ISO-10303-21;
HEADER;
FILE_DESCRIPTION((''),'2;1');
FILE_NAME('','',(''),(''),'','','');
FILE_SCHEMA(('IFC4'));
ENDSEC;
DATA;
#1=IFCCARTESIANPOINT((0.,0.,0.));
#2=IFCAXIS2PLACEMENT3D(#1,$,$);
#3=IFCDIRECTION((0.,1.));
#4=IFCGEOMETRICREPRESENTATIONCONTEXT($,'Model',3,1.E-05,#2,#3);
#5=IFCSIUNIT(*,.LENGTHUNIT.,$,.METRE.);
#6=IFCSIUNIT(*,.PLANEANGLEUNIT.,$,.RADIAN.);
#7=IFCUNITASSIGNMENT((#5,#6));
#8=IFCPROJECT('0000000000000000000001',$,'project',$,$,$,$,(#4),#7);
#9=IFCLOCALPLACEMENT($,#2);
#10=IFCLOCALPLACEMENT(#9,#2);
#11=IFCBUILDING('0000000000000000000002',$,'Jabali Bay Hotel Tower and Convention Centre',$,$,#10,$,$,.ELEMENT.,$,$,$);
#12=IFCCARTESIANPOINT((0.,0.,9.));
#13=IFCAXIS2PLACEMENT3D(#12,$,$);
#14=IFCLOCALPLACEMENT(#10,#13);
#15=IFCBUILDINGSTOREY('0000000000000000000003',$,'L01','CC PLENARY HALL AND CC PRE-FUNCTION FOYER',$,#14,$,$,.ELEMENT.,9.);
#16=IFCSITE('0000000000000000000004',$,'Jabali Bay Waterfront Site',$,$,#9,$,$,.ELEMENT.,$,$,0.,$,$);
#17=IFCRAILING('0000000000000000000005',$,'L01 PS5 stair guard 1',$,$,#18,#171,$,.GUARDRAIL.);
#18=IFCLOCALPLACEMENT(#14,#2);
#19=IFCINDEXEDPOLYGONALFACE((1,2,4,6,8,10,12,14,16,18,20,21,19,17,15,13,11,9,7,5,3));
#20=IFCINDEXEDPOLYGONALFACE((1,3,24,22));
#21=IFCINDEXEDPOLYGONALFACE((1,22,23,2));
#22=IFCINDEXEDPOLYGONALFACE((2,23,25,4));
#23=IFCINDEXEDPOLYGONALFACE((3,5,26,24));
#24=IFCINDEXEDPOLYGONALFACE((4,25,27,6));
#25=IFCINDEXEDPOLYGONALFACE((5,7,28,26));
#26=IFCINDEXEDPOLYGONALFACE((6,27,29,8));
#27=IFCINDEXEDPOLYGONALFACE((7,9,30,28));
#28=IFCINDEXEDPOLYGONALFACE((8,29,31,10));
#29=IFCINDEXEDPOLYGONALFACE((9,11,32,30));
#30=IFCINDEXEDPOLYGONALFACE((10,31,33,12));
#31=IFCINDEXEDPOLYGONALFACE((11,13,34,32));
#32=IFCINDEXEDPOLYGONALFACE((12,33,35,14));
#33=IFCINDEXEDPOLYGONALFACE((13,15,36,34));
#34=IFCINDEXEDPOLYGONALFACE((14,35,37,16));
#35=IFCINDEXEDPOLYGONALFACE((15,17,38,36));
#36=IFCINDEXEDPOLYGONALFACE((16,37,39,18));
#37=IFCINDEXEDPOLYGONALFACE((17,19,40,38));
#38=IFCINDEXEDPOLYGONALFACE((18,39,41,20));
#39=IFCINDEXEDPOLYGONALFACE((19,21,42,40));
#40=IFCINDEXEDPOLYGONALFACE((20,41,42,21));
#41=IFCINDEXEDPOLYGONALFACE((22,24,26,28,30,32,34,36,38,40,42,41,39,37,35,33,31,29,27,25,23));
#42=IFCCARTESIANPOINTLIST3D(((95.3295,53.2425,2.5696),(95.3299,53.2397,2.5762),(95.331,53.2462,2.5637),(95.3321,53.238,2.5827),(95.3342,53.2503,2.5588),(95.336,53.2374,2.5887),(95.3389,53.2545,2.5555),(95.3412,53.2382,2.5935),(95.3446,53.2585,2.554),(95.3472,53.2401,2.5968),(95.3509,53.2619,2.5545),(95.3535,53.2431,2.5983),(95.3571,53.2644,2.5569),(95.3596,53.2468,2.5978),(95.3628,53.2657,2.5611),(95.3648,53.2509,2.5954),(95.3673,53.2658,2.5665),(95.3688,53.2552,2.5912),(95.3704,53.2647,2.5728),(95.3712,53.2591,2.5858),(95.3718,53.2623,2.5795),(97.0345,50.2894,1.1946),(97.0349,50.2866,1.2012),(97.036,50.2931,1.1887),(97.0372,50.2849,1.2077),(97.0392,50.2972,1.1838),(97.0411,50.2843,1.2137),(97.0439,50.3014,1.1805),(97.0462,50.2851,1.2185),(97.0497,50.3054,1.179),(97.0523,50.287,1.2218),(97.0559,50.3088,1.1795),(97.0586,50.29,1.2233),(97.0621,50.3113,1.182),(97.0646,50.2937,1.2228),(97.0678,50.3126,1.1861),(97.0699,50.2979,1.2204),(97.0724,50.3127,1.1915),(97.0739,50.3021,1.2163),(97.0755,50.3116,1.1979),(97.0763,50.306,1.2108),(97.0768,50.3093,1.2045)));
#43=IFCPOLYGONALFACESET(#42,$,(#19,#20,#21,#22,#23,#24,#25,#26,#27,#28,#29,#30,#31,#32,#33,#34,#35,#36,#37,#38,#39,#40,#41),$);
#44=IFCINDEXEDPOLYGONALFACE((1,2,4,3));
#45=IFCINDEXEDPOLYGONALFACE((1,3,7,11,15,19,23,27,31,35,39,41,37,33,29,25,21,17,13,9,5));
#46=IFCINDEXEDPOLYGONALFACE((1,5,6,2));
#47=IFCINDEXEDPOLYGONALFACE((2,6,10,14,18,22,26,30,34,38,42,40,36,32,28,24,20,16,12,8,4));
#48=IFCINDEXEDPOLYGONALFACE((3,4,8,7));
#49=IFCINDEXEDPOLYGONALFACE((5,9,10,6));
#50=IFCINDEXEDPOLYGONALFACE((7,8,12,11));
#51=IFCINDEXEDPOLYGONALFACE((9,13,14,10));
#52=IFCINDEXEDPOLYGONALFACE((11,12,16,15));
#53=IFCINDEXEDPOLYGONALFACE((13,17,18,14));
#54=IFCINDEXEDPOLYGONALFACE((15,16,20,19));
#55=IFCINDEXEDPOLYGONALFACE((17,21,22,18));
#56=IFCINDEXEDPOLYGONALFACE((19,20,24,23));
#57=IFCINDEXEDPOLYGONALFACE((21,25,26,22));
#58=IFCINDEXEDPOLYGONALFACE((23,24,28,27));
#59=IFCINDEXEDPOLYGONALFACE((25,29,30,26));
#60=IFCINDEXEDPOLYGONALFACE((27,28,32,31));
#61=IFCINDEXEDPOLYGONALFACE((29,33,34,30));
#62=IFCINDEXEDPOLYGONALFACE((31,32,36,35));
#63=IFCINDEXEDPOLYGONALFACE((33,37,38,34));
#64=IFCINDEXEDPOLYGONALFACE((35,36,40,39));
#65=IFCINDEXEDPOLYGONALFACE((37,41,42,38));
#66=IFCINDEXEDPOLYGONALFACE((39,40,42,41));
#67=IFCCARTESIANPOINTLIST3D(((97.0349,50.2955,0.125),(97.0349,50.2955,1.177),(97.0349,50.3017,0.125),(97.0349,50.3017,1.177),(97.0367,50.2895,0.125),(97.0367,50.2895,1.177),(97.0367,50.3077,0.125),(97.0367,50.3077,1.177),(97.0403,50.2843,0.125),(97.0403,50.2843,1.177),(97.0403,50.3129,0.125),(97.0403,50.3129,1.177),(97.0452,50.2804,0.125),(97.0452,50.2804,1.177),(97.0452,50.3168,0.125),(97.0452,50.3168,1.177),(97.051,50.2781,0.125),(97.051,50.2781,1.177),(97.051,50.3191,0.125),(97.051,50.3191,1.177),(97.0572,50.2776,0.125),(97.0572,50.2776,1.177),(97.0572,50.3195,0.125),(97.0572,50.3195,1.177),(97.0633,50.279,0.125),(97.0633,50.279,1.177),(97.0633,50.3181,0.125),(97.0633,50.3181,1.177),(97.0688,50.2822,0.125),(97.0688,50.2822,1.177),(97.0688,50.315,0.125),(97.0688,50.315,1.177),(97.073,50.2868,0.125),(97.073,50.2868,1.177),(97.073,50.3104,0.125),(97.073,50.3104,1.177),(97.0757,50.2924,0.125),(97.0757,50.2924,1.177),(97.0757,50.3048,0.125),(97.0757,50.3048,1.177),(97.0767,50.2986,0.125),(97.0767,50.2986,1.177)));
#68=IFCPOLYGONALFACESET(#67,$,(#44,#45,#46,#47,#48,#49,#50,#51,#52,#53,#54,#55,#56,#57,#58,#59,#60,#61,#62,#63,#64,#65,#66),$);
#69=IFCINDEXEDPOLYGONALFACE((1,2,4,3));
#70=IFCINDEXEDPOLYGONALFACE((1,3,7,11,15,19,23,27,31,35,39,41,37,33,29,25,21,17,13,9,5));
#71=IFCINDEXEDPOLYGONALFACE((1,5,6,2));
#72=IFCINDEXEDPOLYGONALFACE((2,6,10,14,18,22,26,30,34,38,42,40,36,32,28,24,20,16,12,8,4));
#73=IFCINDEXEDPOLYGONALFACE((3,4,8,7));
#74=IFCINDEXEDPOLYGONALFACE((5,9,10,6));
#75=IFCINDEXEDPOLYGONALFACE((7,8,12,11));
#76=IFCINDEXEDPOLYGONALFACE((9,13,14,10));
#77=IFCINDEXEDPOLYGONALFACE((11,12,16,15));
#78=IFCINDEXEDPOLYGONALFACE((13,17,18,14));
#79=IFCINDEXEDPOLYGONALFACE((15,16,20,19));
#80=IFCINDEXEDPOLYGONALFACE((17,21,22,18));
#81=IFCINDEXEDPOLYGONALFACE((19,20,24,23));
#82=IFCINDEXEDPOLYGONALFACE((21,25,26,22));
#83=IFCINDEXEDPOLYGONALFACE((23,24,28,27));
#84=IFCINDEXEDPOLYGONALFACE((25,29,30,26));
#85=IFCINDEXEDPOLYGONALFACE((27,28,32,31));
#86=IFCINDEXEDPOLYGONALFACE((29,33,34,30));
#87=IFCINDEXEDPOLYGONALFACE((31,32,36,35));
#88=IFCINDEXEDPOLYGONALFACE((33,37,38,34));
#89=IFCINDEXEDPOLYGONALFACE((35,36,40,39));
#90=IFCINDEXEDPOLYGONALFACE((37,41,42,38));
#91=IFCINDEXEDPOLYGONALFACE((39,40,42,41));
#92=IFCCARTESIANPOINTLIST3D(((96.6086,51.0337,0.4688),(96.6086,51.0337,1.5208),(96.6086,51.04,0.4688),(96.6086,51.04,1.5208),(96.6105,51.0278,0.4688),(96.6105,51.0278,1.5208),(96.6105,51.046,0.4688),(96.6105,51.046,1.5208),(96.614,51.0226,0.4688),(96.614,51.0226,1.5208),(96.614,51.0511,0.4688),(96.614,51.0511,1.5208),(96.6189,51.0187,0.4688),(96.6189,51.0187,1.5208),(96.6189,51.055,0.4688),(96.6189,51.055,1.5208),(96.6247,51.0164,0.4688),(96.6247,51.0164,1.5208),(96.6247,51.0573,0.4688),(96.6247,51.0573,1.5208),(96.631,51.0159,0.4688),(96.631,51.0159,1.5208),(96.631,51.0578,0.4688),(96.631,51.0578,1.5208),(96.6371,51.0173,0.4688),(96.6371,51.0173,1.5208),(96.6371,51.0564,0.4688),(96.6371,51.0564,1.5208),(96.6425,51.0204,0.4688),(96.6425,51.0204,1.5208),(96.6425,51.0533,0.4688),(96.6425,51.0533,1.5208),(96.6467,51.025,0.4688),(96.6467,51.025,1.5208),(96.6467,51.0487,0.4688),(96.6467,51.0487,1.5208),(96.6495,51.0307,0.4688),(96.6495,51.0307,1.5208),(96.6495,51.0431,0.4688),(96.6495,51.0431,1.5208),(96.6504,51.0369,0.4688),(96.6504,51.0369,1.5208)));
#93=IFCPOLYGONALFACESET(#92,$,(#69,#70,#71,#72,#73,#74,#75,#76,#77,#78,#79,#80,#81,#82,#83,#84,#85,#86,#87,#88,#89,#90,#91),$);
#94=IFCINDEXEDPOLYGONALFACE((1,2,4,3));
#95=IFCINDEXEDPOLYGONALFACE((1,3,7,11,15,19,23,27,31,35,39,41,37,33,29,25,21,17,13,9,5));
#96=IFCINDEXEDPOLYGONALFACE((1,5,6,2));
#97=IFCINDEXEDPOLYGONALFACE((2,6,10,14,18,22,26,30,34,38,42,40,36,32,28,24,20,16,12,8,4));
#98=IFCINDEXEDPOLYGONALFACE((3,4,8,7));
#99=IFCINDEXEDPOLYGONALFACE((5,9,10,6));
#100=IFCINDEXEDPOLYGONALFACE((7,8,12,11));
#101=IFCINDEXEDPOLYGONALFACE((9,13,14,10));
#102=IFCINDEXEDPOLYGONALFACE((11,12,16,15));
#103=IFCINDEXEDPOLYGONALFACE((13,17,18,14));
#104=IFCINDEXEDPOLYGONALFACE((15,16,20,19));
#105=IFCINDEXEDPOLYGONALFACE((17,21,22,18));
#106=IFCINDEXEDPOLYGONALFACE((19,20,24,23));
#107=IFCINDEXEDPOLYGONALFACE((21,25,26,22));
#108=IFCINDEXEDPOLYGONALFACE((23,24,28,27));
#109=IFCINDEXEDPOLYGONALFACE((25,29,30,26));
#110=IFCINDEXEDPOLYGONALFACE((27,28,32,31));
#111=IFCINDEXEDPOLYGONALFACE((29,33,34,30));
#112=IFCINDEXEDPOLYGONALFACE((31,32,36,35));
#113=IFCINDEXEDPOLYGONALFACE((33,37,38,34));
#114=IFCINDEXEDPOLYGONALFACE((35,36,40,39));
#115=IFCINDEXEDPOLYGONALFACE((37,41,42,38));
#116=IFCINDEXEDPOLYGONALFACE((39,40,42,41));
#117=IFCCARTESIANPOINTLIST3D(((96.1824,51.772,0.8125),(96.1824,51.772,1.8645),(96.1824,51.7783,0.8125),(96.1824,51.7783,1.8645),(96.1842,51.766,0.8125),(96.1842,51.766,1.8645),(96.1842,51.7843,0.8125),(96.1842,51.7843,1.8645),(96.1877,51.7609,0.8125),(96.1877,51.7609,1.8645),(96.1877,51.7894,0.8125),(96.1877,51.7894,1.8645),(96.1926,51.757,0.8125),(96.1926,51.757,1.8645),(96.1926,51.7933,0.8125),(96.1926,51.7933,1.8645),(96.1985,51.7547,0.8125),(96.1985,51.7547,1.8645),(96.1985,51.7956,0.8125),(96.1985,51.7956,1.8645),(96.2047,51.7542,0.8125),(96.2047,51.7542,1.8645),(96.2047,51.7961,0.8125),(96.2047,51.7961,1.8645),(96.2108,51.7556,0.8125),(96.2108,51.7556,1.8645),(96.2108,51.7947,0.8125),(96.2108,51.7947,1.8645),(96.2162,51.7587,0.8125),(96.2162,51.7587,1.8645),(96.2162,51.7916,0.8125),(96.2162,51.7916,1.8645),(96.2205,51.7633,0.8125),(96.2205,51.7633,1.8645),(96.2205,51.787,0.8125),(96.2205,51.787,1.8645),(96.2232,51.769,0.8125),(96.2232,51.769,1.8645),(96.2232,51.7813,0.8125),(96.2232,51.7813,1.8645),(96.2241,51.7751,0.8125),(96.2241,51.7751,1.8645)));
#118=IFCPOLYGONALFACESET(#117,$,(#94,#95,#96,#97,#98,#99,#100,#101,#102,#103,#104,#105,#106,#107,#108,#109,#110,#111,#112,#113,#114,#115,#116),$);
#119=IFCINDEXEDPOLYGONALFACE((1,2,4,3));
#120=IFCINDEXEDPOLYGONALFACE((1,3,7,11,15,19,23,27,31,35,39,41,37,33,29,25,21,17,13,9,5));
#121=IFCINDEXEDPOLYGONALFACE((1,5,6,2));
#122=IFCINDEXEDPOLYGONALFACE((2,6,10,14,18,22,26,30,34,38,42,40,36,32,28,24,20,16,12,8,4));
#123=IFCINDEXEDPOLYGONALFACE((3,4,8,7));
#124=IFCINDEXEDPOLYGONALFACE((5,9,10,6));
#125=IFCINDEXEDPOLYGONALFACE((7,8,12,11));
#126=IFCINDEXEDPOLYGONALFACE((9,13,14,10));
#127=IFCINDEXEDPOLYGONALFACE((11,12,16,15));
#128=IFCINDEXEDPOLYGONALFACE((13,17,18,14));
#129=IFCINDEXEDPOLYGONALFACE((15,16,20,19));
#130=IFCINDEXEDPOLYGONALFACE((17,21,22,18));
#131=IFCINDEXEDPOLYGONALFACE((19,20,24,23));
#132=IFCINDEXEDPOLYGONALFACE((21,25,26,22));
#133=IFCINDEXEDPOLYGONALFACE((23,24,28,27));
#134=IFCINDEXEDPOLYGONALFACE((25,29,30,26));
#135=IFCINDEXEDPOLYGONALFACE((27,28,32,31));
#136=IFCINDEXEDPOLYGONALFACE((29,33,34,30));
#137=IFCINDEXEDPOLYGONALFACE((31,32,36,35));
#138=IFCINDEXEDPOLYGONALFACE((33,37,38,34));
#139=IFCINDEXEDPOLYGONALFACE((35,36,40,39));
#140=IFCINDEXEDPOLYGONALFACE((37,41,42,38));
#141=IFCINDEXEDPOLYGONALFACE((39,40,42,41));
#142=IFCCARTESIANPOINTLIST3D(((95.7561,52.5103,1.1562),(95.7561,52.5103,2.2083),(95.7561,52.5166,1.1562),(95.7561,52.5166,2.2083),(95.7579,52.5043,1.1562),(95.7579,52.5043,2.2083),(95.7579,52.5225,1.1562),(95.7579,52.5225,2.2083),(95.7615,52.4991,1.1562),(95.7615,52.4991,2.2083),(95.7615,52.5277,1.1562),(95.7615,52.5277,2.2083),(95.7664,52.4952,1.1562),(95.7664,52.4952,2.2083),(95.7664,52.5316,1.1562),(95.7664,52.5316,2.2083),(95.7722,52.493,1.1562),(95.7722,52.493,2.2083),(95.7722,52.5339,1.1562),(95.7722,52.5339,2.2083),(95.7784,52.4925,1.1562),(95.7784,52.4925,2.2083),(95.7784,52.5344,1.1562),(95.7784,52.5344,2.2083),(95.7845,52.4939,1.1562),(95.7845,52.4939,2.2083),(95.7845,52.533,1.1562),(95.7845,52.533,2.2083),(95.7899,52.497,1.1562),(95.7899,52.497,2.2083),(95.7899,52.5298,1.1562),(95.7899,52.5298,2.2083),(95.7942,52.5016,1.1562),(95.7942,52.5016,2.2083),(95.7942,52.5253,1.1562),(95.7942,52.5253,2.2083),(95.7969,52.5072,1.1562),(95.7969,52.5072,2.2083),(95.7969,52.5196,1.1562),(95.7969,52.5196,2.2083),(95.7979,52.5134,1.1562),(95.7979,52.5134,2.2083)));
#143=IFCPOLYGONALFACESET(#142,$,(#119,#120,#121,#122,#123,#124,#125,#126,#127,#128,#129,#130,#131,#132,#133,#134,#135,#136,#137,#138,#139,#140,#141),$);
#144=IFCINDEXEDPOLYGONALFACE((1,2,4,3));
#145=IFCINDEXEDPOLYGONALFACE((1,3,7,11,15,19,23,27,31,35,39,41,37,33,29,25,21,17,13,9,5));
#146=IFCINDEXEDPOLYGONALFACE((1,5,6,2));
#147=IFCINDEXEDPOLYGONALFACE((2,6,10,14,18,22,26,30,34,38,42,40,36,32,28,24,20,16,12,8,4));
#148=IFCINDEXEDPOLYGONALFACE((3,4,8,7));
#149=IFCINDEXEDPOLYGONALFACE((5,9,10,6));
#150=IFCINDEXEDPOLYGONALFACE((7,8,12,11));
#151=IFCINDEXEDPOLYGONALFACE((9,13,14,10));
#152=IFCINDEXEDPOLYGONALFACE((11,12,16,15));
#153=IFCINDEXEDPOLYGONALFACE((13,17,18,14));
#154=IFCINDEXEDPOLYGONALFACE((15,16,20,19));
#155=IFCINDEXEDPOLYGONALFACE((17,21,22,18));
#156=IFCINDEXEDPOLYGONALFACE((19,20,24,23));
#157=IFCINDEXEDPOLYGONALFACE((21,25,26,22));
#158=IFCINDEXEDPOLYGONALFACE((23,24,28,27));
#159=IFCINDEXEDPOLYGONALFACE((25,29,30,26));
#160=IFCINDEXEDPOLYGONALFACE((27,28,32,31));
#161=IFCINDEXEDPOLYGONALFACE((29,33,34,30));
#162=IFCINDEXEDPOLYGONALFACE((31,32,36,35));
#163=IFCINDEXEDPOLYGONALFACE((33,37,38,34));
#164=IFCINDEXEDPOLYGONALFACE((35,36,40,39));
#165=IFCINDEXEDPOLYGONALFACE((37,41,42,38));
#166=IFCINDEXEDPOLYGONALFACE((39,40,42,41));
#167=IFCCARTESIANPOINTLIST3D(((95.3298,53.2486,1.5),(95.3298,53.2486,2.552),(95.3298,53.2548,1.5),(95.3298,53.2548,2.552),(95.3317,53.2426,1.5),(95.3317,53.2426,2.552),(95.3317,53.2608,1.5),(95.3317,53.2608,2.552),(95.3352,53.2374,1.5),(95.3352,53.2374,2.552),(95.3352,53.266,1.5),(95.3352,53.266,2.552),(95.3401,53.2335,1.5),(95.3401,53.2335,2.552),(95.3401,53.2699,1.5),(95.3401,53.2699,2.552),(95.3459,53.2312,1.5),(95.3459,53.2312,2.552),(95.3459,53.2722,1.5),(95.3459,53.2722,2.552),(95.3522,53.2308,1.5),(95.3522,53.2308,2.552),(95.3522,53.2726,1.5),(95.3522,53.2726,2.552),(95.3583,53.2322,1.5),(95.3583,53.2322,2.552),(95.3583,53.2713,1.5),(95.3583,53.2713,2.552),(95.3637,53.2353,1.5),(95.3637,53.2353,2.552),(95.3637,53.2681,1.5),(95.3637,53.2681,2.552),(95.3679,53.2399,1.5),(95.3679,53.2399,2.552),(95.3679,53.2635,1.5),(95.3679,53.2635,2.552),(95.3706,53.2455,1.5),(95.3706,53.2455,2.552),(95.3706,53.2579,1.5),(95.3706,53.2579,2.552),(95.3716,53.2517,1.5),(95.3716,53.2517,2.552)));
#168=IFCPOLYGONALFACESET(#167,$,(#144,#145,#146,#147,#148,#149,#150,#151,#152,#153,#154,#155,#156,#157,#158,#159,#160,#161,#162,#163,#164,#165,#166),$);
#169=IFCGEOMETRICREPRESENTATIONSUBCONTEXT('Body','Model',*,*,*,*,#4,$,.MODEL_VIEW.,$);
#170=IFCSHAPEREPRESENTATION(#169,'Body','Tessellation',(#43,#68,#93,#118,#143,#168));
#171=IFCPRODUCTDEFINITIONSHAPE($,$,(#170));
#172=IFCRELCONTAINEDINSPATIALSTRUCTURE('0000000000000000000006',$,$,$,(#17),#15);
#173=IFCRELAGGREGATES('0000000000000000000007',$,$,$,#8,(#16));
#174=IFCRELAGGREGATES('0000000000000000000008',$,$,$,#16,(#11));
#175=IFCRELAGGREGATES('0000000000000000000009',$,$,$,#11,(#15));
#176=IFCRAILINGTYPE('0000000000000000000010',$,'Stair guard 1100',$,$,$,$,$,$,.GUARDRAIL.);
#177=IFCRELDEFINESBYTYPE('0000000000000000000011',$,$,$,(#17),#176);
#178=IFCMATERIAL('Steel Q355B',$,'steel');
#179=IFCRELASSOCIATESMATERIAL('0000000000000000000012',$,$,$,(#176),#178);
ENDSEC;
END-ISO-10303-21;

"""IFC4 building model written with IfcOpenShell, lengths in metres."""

from ifc_helpers import new_model, si_unit, direction, frame, origin, origin_2d, place, context, subcontext, project, spatial, circle, extrude, material, type_object, element, save


model = new_model("IFC4")

# Units and contexts
model_context = context("Model", 3, precision=1e-05, world=origin(), true_north=direction((0.0, 1.0)))
body_context = subcontext(model_context, "Body", "Model", "MODEL_VIEW")
ifc_project = project(units=[si_unit("LENGTHUNIT", "METRE"), si_unit("PLANEANGLEUNIT", "RADIAN")], contexts=[model_context])

# Site, building, storey
site_placement = place(None, origin())
site = spatial("IfcSite", under=ifc_project, at=site_placement, Name="Jabali Bay Waterfront Site", CompositionType="ELEMENT", RefElevation=0.0)
building_placement = place(site_placement, origin())
building = spatial("IfcBuilding", under=site, at=building_placement, Name="Jabali Bay Hotel Tower and Convention Centre", CompositionType="ELEMENT")
storey_placement = place(building_placement, frame((0.0, 0.0, 9.0)))
storey = spatial("IfcBuildingStorey", under=building, at=storey_placement, Name="L01", Description="CC PLENARY HALL AND CC PRE-FUNCTION FOYER", CompositionType="ELEMENT", Elevation=9.0)

# Railing
ifc_material_1 = material(Name="Steel Q355B", Category="steel")
railing_type_1 = type_object("IfcRailingType", Name="Stair guard 1100", PredefinedType="GUARDRAIL", material=ifc_material_1)
railing_1_placement = place(storey_placement, frame((97.0557, 50.2986, 0.125)))
element("IfcRailing", 1, at=railing_1_placement, inside=storey, type_object=railing_type_1, Name="L01 PS5 stair guard 1", PredefinedType="GUARDRAIL", context=body_context, shape_type="SweptSolid", body=[
    extrude(circle(Radius=0.0239, at=origin_2d()), frame((0.0, 0.0, 1.0762), z_axis=(-0.46374, 0.803178, 0.373966), x_axis=(-0.866014, -0.50002, 0.0)), (0.0, 0.0, 1.0), 3.6768),
    extrude(circle(Radius=0.021, at=origin_2d()), origin(), (0.0, 0.0, 1.0), 1.052),
    extrude(circle(Radius=0.021, at=origin_2d()), frame((-0.4263, 0.7383, 0.3438)), (0.0, 0.0, 1.0), 1.052),
    extrude(circle(Radius=0.021, at=origin_2d()), frame((-0.8525, 1.4766, 0.6875)), (0.0, 0.0, 1.0), 1.052),
    extrude(circle(Radius=0.021, at=origin_2d()), frame((-1.2788, 2.2148, 1.0312)), (0.0, 0.0, 1.0), 1.052),
    extrude(circle(Radius=0.021, at=origin_2d()), frame((-1.7051, 2.9531, 1.375)), (0.0, 0.0, 1.0), 1.052),
])

save(model, "model.ifc")
